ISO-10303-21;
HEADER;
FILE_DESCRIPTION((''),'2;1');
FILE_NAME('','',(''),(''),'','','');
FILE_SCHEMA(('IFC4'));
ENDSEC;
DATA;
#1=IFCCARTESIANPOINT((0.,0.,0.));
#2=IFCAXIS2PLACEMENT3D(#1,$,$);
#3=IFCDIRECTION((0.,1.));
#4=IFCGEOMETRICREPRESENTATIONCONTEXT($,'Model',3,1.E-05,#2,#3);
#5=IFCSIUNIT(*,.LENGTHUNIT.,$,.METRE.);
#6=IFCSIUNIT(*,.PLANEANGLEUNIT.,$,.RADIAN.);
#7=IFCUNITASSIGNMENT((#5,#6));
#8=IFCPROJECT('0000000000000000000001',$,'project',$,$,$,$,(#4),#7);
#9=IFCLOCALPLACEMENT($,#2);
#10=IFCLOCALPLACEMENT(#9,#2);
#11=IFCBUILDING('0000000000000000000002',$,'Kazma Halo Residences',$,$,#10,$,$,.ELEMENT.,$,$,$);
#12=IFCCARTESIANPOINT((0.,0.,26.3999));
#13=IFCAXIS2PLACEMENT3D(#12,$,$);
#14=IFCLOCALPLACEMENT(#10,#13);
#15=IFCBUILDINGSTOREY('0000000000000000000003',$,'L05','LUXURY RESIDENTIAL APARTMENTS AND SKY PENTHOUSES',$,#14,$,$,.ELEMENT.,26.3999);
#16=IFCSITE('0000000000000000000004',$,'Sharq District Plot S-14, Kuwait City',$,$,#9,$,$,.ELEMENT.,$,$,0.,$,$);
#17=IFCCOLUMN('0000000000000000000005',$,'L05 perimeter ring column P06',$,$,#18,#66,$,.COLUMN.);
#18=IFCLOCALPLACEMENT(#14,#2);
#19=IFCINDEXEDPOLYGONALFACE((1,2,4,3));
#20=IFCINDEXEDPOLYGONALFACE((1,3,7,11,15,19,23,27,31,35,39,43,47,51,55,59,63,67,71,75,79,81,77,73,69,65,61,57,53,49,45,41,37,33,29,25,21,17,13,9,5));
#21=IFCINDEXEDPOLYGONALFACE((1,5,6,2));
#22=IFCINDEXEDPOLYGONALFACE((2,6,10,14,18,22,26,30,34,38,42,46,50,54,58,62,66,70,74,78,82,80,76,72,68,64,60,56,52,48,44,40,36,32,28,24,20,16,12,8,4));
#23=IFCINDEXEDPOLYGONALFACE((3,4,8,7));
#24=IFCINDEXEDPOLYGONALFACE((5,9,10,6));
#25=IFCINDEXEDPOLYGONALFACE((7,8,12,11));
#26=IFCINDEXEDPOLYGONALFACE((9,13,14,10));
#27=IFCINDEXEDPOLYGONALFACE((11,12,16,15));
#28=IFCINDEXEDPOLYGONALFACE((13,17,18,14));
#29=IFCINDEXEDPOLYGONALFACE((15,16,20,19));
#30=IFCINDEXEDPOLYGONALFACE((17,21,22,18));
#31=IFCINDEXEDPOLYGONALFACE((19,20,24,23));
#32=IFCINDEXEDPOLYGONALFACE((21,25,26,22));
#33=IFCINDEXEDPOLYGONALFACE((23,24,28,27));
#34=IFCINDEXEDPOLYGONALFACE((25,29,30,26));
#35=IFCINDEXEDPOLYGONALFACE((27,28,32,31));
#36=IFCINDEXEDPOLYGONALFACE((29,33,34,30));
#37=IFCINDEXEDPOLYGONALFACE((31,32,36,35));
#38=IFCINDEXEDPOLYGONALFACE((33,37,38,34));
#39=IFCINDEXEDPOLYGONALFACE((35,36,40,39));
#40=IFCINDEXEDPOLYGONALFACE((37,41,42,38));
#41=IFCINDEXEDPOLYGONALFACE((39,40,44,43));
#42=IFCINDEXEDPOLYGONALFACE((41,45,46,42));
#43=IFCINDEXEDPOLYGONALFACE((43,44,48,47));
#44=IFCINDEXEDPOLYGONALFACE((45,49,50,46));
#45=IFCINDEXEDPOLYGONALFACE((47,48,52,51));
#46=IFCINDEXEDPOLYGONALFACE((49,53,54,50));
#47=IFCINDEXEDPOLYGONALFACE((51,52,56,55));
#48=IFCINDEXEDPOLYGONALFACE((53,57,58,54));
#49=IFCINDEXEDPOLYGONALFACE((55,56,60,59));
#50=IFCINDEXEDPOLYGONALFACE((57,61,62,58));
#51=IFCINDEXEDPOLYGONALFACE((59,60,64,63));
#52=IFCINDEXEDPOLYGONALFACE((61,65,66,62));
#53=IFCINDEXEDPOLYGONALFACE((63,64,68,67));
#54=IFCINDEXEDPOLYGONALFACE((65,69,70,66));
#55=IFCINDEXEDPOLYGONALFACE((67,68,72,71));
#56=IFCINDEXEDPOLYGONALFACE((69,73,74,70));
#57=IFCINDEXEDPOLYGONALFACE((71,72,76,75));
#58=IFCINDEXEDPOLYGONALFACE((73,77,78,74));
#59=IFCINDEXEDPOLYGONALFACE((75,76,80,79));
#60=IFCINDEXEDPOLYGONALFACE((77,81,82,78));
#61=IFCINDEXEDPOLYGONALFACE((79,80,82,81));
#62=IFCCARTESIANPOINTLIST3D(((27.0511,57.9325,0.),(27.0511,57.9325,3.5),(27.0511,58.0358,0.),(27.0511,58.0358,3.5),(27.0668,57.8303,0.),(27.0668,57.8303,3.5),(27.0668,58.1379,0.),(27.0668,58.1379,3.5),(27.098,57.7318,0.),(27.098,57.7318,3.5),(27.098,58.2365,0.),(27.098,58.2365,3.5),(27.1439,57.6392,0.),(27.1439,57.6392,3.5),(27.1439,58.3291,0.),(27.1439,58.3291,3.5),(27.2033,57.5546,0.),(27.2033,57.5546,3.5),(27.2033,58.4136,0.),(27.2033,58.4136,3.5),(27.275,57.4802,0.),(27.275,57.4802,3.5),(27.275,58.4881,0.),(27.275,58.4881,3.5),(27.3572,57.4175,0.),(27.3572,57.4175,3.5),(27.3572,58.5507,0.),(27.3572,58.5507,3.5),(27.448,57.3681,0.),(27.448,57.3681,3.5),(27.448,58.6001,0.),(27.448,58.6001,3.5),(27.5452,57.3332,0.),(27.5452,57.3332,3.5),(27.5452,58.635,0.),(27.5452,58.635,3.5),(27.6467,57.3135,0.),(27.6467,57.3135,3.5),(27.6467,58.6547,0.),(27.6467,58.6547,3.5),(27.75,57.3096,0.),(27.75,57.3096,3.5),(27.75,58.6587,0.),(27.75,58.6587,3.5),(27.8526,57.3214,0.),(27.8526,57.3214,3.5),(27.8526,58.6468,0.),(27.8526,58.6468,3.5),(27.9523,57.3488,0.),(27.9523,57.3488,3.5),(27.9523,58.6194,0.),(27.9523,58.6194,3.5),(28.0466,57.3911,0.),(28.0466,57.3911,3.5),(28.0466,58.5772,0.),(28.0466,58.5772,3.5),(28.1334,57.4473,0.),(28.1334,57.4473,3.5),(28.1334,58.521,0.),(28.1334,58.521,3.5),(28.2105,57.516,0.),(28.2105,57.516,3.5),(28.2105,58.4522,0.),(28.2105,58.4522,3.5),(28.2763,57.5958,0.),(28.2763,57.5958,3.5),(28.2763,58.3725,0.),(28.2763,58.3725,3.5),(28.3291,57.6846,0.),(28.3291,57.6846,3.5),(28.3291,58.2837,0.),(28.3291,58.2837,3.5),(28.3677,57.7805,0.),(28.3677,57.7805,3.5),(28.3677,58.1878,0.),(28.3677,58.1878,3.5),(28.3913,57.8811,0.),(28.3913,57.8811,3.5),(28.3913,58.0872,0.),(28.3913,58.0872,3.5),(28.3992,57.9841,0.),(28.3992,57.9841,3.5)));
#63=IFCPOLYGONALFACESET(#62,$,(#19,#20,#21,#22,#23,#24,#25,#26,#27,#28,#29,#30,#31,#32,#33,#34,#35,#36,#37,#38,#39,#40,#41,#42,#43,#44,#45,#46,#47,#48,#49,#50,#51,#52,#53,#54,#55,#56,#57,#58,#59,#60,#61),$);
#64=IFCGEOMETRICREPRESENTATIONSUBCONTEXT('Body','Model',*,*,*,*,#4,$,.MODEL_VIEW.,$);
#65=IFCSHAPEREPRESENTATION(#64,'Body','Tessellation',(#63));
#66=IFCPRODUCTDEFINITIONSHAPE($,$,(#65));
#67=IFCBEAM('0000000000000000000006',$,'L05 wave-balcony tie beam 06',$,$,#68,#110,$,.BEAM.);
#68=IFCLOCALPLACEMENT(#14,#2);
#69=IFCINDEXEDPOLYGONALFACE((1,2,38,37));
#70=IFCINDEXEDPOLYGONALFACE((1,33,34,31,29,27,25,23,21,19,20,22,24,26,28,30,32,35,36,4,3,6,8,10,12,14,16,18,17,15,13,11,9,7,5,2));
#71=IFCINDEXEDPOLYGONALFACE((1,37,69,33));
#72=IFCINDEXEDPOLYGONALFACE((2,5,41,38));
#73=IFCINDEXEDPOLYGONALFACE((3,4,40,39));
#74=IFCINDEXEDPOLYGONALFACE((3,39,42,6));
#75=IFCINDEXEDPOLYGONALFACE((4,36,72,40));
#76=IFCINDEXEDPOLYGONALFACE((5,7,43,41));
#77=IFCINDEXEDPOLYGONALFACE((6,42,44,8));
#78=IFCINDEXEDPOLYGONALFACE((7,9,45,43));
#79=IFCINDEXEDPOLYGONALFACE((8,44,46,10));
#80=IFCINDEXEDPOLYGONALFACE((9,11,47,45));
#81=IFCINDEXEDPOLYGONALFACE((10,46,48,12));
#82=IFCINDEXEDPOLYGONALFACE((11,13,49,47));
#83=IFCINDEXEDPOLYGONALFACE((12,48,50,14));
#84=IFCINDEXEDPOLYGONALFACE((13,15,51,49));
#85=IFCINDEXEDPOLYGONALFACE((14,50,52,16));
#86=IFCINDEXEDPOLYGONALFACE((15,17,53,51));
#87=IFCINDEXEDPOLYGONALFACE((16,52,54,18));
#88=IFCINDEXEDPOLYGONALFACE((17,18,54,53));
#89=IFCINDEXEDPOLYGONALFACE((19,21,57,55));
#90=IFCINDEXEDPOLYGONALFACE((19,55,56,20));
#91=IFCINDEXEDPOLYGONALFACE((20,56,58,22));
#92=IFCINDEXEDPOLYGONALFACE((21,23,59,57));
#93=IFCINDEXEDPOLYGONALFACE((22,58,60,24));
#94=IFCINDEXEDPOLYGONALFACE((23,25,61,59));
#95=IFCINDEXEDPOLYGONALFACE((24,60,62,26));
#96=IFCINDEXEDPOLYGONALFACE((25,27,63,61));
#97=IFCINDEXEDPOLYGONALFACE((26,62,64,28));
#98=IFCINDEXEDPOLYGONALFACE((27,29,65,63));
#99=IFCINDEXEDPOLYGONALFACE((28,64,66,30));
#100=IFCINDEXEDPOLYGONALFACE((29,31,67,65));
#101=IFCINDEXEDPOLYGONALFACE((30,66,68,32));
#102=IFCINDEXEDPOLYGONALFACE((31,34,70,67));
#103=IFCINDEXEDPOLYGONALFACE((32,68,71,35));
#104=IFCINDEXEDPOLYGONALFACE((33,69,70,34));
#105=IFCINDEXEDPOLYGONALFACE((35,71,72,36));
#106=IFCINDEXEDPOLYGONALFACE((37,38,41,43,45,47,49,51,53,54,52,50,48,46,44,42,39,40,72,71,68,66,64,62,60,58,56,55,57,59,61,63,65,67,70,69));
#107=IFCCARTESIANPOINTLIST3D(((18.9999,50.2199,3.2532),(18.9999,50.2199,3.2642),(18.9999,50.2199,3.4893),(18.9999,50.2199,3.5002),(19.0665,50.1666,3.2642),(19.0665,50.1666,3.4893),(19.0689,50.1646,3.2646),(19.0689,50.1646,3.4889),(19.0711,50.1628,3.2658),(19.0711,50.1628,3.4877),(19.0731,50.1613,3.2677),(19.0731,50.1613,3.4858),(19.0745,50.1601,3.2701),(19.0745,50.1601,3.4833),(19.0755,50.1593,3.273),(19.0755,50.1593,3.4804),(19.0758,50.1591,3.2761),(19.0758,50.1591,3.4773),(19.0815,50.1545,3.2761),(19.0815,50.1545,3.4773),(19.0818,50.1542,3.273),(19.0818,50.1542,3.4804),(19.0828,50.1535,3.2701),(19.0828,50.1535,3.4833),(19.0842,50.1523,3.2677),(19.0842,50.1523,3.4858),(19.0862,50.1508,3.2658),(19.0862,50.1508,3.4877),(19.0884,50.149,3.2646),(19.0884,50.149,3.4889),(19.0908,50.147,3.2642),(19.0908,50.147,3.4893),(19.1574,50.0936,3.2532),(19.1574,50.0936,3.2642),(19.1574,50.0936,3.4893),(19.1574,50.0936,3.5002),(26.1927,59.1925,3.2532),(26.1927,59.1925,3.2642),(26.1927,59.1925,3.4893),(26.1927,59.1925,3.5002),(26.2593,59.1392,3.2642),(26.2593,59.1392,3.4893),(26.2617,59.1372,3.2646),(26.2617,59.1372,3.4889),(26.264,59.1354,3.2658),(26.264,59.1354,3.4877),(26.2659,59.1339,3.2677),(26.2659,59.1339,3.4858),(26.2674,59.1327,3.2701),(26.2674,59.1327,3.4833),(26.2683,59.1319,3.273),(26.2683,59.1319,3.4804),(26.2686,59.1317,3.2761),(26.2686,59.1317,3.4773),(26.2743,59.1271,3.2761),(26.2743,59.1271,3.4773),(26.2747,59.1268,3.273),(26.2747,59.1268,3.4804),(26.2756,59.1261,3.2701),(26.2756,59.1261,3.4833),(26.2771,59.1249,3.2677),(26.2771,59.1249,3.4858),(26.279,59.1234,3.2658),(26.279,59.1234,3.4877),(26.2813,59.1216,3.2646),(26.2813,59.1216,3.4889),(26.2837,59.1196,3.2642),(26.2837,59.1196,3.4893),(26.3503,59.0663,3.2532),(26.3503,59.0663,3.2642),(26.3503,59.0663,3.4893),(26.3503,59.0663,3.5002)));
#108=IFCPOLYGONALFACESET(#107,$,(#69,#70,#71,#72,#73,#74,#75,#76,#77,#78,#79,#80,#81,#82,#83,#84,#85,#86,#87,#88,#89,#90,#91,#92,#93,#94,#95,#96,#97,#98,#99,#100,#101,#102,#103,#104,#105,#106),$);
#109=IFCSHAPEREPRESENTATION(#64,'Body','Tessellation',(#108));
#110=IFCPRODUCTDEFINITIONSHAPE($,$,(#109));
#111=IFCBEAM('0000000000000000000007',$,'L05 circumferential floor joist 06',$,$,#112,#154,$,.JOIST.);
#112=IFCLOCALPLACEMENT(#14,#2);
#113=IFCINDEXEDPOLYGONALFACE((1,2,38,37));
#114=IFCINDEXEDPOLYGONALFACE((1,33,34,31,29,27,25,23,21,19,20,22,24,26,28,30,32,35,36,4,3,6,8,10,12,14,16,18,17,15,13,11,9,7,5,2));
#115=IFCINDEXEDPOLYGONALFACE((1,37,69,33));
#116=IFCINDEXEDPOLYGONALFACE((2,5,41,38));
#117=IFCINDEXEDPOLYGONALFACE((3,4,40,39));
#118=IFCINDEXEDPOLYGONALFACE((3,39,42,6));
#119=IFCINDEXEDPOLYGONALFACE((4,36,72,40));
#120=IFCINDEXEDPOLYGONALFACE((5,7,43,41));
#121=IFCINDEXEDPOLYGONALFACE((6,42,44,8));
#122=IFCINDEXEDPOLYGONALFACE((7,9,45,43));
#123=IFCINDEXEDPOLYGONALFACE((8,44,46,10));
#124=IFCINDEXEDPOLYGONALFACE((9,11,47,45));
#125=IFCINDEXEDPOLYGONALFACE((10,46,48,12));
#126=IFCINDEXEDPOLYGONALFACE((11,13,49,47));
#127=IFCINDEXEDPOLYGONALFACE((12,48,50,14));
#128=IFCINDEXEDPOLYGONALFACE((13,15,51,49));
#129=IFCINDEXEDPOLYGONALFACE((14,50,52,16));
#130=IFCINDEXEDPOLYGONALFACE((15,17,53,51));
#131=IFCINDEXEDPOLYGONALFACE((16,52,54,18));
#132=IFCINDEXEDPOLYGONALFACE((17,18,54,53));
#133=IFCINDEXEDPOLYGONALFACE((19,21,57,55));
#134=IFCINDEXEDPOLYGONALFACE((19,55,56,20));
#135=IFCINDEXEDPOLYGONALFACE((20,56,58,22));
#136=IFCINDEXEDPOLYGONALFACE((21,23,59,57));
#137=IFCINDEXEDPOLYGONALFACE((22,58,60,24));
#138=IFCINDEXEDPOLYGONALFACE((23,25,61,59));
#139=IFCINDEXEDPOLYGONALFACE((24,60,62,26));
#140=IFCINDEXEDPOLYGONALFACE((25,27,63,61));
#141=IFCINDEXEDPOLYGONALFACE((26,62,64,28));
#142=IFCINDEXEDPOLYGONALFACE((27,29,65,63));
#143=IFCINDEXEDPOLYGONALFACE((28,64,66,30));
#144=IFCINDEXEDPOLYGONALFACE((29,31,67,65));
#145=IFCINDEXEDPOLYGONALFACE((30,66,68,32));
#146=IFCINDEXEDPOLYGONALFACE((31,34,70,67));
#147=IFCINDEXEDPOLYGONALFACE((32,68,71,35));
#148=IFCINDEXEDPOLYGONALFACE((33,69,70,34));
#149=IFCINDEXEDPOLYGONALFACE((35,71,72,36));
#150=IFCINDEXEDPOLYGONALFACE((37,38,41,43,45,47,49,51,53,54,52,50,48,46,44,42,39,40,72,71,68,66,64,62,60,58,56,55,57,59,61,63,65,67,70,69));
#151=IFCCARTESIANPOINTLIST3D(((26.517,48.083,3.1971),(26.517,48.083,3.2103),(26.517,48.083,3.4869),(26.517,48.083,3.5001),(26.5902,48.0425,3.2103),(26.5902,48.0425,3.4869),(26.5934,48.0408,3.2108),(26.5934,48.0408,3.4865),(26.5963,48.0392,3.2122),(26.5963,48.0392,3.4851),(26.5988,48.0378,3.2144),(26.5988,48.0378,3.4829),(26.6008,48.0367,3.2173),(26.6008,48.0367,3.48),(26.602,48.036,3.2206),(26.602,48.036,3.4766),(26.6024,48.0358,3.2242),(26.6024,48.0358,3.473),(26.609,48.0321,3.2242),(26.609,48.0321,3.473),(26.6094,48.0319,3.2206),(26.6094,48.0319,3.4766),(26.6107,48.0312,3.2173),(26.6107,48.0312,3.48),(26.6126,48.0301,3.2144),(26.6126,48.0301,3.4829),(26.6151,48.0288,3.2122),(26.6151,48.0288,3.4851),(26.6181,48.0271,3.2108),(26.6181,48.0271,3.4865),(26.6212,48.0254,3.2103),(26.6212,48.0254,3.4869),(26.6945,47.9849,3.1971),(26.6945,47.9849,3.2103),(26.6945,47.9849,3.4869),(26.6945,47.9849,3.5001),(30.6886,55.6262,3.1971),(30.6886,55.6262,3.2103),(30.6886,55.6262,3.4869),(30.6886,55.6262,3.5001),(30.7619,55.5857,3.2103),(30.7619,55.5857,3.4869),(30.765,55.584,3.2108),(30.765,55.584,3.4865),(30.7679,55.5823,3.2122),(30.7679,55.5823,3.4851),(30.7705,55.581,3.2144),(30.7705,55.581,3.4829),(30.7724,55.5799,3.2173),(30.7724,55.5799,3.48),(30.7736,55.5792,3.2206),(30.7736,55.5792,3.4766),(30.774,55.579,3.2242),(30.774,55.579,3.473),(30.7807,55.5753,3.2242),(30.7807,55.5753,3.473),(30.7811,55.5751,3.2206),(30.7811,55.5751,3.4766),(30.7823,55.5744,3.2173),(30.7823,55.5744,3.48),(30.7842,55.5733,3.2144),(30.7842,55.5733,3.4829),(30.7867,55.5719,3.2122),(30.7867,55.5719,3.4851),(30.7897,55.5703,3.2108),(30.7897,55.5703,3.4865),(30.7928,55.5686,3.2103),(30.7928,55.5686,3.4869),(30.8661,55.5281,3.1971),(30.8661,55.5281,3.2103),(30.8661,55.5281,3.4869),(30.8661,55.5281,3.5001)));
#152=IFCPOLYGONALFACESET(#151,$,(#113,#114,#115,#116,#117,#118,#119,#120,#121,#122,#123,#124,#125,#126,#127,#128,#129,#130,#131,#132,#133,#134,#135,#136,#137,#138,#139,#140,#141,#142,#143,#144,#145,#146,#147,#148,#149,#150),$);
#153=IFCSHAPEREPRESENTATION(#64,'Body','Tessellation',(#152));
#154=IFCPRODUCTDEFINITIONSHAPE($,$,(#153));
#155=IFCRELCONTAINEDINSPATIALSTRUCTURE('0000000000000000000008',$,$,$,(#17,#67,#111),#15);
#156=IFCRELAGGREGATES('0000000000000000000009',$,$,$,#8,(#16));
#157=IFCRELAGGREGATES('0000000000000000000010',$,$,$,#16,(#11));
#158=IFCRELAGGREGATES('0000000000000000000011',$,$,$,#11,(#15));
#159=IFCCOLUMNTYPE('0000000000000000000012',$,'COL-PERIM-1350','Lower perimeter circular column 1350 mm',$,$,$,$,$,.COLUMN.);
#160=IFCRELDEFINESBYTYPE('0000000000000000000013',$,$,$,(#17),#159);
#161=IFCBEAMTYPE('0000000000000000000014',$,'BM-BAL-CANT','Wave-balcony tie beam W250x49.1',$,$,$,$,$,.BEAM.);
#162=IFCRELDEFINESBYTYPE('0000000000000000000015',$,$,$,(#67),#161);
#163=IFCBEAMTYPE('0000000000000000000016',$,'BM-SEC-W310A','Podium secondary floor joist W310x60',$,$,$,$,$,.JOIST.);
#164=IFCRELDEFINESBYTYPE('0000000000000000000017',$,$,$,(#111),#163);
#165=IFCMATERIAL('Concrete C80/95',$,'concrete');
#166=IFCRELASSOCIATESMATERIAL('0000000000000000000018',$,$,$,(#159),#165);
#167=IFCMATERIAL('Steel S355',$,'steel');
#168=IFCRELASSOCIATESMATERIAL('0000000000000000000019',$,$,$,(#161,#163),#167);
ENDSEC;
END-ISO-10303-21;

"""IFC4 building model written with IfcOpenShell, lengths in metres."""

from ifc_helpers import new_model, si_unit, direction, frame, origin, origin_2d, place, context, subcontext, project, spatial, circle, i_section, extrude, material, material_profile, profile_set, type_object, element, save


model = new_model("IFC4")

# Units and contexts
model_context = context("Model", 3, precision=1e-05, world=origin(), true_north=direction((0.0, 1.0)))
body_context = subcontext(model_context, "Body", "Model", "MODEL_VIEW")
ifc_project = project(units=[si_unit("LENGTHUNIT", "METRE"), si_unit("PLANEANGLEUNIT", "RADIAN")], contexts=[model_context])

# Site, building, storey
site_placement = place(None, origin())
site = spatial("IfcSite", under=ifc_project, at=site_placement, Name="Sharq District Plot S-14, Kuwait City", CompositionType="ELEMENT", RefElevation=0.0)
building_placement = place(site_placement, origin())
building = spatial("IfcBuilding", under=site, at=building_placement, Name="Kazma Halo Residences", CompositionType="ELEMENT")
storey_placement = place(building_placement, frame((0.0, 0.0, 26.3999)))
storey = spatial("IfcBuildingStorey", under=building, at=storey_placement, Name="L05", Description="LUXURY RESIDENTIAL APARTMENTS AND SKY PENTHOUSES", CompositionType="ELEMENT", Elevation=26.3999)

# Column
ifc_material_1 = material(Name="Concrete C80/95", Category="concrete")
ifc_material_profile_1 = material_profile(ifc_material_1, circle(Radius=0.675, at=origin_2d()), Name="CIRC1350")
ifc_profile_set_1 = profile_set([ifc_material_profile_1], Name="Concrete C80/95")
column_type = type_object("IfcColumnType", Name="COL-PERIM-1350", Description="Lower perimeter circular column 1350 mm", PredefinedType="COLUMN", material=ifc_profile_set_1)
column_placement = place(storey_placement, frame((27.7241, 57.9841, 0.0), z_axis=(0.0, 0.0, 1.0), x_axis=(1.0, 0.0, 0.0)))
element("IfcColumn", 1, at=column_placement, inside=storey, type_object=column_type, Name="L05 perimeter ring column P06", PredefinedType="COLUMN", context=body_context, shape_type="SweptSolid", body=[
    extrude(circle(Radius=0.675, at=origin_2d()), origin(), (0.0, 0.0, 1.0), 3.5),
])

# Beams
ifc_material_2 = material(Name="Steel S355", Category="steel")
ifc_material_profile_2 = material_profile(ifc_material_2, i_section(OverallWidth=0.2019, OverallDepth=0.2471, WebThickness=0.0073, FlangeThickness=0.011, FilletRadius=0.012, at=origin_2d()), Name="W250x49.1")
ifc_profile_set_2 = profile_set([ifc_material_profile_2], Name="Steel S355")
beam_type_1 = type_object("IfcBeamType", Name="BM-BAL-CANT", Description="Wave-balcony tie beam W250x49.1", PredefinedType="BEAM", material=ifc_profile_set_2)
beam_1_placement = place(storey_placement, frame((26.2715, 59.1294, 3.3767), z_axis=(-0.625477, -0.780243, 0.0), x_axis=(0.780243, -0.625477, 0.0)))
element("IfcBeam", 2, at=beam_1_placement, inside=storey, type_object=beam_type_1, Name="L05 wave-balcony tie beam 06", PredefinedType="BEAM", context=body_context, shape_type="SweptSolid", body=[
    extrude(i_section(OverallWidth=0.2019, OverallDepth=0.2471, WebThickness=0.0073, FlangeThickness=0.011, FilletRadius=0.012, at=origin_2d()), origin(), (0.0, 0.0, 1.0), 11.4998),
])
ifc_material_profile_3 = material_profile(ifc_material_2, i_section(OverallWidth=0.2029, OverallDepth=0.303, WebThickness=0.0076, FlangeThickness=0.0132, FilletRadius=0.0139, at=origin_2d()), Name="W310x60")
ifc_profile_set_3 = profile_set([ifc_material_profile_3], Name="Steel S355")
beam_type_2 = type_object("IfcBeamType", Name="BM-SEC-W310A", Description="Podium secondary floor joist W310x60", PredefinedType="JOIST", material=ifc_profile_set_3)
beam_2_placement = place(storey_placement, frame((30.7773, 55.5771, 3.3486), z_axis=(-0.483954, -0.875094, 0.0), x_axis=(0.875094, -0.483954, 0.0)))
element("IfcBeam", 3, at=beam_2_placement, inside=storey, type_object=beam_type_2, Name="L05 circumferential floor joist 06", PredefinedType="JOIST", context=body_context, shape_type="SweptSolid", body=[
    extrude(i_section(OverallWidth=0.2029, OverallDepth=0.303, WebThickness=0.0076, FlangeThickness=0.0132, FilletRadius=0.0139, at=origin_2d()), origin(), (0.0, 0.0, 1.0), 8.6199),
])

save(model, "model.ifc")
